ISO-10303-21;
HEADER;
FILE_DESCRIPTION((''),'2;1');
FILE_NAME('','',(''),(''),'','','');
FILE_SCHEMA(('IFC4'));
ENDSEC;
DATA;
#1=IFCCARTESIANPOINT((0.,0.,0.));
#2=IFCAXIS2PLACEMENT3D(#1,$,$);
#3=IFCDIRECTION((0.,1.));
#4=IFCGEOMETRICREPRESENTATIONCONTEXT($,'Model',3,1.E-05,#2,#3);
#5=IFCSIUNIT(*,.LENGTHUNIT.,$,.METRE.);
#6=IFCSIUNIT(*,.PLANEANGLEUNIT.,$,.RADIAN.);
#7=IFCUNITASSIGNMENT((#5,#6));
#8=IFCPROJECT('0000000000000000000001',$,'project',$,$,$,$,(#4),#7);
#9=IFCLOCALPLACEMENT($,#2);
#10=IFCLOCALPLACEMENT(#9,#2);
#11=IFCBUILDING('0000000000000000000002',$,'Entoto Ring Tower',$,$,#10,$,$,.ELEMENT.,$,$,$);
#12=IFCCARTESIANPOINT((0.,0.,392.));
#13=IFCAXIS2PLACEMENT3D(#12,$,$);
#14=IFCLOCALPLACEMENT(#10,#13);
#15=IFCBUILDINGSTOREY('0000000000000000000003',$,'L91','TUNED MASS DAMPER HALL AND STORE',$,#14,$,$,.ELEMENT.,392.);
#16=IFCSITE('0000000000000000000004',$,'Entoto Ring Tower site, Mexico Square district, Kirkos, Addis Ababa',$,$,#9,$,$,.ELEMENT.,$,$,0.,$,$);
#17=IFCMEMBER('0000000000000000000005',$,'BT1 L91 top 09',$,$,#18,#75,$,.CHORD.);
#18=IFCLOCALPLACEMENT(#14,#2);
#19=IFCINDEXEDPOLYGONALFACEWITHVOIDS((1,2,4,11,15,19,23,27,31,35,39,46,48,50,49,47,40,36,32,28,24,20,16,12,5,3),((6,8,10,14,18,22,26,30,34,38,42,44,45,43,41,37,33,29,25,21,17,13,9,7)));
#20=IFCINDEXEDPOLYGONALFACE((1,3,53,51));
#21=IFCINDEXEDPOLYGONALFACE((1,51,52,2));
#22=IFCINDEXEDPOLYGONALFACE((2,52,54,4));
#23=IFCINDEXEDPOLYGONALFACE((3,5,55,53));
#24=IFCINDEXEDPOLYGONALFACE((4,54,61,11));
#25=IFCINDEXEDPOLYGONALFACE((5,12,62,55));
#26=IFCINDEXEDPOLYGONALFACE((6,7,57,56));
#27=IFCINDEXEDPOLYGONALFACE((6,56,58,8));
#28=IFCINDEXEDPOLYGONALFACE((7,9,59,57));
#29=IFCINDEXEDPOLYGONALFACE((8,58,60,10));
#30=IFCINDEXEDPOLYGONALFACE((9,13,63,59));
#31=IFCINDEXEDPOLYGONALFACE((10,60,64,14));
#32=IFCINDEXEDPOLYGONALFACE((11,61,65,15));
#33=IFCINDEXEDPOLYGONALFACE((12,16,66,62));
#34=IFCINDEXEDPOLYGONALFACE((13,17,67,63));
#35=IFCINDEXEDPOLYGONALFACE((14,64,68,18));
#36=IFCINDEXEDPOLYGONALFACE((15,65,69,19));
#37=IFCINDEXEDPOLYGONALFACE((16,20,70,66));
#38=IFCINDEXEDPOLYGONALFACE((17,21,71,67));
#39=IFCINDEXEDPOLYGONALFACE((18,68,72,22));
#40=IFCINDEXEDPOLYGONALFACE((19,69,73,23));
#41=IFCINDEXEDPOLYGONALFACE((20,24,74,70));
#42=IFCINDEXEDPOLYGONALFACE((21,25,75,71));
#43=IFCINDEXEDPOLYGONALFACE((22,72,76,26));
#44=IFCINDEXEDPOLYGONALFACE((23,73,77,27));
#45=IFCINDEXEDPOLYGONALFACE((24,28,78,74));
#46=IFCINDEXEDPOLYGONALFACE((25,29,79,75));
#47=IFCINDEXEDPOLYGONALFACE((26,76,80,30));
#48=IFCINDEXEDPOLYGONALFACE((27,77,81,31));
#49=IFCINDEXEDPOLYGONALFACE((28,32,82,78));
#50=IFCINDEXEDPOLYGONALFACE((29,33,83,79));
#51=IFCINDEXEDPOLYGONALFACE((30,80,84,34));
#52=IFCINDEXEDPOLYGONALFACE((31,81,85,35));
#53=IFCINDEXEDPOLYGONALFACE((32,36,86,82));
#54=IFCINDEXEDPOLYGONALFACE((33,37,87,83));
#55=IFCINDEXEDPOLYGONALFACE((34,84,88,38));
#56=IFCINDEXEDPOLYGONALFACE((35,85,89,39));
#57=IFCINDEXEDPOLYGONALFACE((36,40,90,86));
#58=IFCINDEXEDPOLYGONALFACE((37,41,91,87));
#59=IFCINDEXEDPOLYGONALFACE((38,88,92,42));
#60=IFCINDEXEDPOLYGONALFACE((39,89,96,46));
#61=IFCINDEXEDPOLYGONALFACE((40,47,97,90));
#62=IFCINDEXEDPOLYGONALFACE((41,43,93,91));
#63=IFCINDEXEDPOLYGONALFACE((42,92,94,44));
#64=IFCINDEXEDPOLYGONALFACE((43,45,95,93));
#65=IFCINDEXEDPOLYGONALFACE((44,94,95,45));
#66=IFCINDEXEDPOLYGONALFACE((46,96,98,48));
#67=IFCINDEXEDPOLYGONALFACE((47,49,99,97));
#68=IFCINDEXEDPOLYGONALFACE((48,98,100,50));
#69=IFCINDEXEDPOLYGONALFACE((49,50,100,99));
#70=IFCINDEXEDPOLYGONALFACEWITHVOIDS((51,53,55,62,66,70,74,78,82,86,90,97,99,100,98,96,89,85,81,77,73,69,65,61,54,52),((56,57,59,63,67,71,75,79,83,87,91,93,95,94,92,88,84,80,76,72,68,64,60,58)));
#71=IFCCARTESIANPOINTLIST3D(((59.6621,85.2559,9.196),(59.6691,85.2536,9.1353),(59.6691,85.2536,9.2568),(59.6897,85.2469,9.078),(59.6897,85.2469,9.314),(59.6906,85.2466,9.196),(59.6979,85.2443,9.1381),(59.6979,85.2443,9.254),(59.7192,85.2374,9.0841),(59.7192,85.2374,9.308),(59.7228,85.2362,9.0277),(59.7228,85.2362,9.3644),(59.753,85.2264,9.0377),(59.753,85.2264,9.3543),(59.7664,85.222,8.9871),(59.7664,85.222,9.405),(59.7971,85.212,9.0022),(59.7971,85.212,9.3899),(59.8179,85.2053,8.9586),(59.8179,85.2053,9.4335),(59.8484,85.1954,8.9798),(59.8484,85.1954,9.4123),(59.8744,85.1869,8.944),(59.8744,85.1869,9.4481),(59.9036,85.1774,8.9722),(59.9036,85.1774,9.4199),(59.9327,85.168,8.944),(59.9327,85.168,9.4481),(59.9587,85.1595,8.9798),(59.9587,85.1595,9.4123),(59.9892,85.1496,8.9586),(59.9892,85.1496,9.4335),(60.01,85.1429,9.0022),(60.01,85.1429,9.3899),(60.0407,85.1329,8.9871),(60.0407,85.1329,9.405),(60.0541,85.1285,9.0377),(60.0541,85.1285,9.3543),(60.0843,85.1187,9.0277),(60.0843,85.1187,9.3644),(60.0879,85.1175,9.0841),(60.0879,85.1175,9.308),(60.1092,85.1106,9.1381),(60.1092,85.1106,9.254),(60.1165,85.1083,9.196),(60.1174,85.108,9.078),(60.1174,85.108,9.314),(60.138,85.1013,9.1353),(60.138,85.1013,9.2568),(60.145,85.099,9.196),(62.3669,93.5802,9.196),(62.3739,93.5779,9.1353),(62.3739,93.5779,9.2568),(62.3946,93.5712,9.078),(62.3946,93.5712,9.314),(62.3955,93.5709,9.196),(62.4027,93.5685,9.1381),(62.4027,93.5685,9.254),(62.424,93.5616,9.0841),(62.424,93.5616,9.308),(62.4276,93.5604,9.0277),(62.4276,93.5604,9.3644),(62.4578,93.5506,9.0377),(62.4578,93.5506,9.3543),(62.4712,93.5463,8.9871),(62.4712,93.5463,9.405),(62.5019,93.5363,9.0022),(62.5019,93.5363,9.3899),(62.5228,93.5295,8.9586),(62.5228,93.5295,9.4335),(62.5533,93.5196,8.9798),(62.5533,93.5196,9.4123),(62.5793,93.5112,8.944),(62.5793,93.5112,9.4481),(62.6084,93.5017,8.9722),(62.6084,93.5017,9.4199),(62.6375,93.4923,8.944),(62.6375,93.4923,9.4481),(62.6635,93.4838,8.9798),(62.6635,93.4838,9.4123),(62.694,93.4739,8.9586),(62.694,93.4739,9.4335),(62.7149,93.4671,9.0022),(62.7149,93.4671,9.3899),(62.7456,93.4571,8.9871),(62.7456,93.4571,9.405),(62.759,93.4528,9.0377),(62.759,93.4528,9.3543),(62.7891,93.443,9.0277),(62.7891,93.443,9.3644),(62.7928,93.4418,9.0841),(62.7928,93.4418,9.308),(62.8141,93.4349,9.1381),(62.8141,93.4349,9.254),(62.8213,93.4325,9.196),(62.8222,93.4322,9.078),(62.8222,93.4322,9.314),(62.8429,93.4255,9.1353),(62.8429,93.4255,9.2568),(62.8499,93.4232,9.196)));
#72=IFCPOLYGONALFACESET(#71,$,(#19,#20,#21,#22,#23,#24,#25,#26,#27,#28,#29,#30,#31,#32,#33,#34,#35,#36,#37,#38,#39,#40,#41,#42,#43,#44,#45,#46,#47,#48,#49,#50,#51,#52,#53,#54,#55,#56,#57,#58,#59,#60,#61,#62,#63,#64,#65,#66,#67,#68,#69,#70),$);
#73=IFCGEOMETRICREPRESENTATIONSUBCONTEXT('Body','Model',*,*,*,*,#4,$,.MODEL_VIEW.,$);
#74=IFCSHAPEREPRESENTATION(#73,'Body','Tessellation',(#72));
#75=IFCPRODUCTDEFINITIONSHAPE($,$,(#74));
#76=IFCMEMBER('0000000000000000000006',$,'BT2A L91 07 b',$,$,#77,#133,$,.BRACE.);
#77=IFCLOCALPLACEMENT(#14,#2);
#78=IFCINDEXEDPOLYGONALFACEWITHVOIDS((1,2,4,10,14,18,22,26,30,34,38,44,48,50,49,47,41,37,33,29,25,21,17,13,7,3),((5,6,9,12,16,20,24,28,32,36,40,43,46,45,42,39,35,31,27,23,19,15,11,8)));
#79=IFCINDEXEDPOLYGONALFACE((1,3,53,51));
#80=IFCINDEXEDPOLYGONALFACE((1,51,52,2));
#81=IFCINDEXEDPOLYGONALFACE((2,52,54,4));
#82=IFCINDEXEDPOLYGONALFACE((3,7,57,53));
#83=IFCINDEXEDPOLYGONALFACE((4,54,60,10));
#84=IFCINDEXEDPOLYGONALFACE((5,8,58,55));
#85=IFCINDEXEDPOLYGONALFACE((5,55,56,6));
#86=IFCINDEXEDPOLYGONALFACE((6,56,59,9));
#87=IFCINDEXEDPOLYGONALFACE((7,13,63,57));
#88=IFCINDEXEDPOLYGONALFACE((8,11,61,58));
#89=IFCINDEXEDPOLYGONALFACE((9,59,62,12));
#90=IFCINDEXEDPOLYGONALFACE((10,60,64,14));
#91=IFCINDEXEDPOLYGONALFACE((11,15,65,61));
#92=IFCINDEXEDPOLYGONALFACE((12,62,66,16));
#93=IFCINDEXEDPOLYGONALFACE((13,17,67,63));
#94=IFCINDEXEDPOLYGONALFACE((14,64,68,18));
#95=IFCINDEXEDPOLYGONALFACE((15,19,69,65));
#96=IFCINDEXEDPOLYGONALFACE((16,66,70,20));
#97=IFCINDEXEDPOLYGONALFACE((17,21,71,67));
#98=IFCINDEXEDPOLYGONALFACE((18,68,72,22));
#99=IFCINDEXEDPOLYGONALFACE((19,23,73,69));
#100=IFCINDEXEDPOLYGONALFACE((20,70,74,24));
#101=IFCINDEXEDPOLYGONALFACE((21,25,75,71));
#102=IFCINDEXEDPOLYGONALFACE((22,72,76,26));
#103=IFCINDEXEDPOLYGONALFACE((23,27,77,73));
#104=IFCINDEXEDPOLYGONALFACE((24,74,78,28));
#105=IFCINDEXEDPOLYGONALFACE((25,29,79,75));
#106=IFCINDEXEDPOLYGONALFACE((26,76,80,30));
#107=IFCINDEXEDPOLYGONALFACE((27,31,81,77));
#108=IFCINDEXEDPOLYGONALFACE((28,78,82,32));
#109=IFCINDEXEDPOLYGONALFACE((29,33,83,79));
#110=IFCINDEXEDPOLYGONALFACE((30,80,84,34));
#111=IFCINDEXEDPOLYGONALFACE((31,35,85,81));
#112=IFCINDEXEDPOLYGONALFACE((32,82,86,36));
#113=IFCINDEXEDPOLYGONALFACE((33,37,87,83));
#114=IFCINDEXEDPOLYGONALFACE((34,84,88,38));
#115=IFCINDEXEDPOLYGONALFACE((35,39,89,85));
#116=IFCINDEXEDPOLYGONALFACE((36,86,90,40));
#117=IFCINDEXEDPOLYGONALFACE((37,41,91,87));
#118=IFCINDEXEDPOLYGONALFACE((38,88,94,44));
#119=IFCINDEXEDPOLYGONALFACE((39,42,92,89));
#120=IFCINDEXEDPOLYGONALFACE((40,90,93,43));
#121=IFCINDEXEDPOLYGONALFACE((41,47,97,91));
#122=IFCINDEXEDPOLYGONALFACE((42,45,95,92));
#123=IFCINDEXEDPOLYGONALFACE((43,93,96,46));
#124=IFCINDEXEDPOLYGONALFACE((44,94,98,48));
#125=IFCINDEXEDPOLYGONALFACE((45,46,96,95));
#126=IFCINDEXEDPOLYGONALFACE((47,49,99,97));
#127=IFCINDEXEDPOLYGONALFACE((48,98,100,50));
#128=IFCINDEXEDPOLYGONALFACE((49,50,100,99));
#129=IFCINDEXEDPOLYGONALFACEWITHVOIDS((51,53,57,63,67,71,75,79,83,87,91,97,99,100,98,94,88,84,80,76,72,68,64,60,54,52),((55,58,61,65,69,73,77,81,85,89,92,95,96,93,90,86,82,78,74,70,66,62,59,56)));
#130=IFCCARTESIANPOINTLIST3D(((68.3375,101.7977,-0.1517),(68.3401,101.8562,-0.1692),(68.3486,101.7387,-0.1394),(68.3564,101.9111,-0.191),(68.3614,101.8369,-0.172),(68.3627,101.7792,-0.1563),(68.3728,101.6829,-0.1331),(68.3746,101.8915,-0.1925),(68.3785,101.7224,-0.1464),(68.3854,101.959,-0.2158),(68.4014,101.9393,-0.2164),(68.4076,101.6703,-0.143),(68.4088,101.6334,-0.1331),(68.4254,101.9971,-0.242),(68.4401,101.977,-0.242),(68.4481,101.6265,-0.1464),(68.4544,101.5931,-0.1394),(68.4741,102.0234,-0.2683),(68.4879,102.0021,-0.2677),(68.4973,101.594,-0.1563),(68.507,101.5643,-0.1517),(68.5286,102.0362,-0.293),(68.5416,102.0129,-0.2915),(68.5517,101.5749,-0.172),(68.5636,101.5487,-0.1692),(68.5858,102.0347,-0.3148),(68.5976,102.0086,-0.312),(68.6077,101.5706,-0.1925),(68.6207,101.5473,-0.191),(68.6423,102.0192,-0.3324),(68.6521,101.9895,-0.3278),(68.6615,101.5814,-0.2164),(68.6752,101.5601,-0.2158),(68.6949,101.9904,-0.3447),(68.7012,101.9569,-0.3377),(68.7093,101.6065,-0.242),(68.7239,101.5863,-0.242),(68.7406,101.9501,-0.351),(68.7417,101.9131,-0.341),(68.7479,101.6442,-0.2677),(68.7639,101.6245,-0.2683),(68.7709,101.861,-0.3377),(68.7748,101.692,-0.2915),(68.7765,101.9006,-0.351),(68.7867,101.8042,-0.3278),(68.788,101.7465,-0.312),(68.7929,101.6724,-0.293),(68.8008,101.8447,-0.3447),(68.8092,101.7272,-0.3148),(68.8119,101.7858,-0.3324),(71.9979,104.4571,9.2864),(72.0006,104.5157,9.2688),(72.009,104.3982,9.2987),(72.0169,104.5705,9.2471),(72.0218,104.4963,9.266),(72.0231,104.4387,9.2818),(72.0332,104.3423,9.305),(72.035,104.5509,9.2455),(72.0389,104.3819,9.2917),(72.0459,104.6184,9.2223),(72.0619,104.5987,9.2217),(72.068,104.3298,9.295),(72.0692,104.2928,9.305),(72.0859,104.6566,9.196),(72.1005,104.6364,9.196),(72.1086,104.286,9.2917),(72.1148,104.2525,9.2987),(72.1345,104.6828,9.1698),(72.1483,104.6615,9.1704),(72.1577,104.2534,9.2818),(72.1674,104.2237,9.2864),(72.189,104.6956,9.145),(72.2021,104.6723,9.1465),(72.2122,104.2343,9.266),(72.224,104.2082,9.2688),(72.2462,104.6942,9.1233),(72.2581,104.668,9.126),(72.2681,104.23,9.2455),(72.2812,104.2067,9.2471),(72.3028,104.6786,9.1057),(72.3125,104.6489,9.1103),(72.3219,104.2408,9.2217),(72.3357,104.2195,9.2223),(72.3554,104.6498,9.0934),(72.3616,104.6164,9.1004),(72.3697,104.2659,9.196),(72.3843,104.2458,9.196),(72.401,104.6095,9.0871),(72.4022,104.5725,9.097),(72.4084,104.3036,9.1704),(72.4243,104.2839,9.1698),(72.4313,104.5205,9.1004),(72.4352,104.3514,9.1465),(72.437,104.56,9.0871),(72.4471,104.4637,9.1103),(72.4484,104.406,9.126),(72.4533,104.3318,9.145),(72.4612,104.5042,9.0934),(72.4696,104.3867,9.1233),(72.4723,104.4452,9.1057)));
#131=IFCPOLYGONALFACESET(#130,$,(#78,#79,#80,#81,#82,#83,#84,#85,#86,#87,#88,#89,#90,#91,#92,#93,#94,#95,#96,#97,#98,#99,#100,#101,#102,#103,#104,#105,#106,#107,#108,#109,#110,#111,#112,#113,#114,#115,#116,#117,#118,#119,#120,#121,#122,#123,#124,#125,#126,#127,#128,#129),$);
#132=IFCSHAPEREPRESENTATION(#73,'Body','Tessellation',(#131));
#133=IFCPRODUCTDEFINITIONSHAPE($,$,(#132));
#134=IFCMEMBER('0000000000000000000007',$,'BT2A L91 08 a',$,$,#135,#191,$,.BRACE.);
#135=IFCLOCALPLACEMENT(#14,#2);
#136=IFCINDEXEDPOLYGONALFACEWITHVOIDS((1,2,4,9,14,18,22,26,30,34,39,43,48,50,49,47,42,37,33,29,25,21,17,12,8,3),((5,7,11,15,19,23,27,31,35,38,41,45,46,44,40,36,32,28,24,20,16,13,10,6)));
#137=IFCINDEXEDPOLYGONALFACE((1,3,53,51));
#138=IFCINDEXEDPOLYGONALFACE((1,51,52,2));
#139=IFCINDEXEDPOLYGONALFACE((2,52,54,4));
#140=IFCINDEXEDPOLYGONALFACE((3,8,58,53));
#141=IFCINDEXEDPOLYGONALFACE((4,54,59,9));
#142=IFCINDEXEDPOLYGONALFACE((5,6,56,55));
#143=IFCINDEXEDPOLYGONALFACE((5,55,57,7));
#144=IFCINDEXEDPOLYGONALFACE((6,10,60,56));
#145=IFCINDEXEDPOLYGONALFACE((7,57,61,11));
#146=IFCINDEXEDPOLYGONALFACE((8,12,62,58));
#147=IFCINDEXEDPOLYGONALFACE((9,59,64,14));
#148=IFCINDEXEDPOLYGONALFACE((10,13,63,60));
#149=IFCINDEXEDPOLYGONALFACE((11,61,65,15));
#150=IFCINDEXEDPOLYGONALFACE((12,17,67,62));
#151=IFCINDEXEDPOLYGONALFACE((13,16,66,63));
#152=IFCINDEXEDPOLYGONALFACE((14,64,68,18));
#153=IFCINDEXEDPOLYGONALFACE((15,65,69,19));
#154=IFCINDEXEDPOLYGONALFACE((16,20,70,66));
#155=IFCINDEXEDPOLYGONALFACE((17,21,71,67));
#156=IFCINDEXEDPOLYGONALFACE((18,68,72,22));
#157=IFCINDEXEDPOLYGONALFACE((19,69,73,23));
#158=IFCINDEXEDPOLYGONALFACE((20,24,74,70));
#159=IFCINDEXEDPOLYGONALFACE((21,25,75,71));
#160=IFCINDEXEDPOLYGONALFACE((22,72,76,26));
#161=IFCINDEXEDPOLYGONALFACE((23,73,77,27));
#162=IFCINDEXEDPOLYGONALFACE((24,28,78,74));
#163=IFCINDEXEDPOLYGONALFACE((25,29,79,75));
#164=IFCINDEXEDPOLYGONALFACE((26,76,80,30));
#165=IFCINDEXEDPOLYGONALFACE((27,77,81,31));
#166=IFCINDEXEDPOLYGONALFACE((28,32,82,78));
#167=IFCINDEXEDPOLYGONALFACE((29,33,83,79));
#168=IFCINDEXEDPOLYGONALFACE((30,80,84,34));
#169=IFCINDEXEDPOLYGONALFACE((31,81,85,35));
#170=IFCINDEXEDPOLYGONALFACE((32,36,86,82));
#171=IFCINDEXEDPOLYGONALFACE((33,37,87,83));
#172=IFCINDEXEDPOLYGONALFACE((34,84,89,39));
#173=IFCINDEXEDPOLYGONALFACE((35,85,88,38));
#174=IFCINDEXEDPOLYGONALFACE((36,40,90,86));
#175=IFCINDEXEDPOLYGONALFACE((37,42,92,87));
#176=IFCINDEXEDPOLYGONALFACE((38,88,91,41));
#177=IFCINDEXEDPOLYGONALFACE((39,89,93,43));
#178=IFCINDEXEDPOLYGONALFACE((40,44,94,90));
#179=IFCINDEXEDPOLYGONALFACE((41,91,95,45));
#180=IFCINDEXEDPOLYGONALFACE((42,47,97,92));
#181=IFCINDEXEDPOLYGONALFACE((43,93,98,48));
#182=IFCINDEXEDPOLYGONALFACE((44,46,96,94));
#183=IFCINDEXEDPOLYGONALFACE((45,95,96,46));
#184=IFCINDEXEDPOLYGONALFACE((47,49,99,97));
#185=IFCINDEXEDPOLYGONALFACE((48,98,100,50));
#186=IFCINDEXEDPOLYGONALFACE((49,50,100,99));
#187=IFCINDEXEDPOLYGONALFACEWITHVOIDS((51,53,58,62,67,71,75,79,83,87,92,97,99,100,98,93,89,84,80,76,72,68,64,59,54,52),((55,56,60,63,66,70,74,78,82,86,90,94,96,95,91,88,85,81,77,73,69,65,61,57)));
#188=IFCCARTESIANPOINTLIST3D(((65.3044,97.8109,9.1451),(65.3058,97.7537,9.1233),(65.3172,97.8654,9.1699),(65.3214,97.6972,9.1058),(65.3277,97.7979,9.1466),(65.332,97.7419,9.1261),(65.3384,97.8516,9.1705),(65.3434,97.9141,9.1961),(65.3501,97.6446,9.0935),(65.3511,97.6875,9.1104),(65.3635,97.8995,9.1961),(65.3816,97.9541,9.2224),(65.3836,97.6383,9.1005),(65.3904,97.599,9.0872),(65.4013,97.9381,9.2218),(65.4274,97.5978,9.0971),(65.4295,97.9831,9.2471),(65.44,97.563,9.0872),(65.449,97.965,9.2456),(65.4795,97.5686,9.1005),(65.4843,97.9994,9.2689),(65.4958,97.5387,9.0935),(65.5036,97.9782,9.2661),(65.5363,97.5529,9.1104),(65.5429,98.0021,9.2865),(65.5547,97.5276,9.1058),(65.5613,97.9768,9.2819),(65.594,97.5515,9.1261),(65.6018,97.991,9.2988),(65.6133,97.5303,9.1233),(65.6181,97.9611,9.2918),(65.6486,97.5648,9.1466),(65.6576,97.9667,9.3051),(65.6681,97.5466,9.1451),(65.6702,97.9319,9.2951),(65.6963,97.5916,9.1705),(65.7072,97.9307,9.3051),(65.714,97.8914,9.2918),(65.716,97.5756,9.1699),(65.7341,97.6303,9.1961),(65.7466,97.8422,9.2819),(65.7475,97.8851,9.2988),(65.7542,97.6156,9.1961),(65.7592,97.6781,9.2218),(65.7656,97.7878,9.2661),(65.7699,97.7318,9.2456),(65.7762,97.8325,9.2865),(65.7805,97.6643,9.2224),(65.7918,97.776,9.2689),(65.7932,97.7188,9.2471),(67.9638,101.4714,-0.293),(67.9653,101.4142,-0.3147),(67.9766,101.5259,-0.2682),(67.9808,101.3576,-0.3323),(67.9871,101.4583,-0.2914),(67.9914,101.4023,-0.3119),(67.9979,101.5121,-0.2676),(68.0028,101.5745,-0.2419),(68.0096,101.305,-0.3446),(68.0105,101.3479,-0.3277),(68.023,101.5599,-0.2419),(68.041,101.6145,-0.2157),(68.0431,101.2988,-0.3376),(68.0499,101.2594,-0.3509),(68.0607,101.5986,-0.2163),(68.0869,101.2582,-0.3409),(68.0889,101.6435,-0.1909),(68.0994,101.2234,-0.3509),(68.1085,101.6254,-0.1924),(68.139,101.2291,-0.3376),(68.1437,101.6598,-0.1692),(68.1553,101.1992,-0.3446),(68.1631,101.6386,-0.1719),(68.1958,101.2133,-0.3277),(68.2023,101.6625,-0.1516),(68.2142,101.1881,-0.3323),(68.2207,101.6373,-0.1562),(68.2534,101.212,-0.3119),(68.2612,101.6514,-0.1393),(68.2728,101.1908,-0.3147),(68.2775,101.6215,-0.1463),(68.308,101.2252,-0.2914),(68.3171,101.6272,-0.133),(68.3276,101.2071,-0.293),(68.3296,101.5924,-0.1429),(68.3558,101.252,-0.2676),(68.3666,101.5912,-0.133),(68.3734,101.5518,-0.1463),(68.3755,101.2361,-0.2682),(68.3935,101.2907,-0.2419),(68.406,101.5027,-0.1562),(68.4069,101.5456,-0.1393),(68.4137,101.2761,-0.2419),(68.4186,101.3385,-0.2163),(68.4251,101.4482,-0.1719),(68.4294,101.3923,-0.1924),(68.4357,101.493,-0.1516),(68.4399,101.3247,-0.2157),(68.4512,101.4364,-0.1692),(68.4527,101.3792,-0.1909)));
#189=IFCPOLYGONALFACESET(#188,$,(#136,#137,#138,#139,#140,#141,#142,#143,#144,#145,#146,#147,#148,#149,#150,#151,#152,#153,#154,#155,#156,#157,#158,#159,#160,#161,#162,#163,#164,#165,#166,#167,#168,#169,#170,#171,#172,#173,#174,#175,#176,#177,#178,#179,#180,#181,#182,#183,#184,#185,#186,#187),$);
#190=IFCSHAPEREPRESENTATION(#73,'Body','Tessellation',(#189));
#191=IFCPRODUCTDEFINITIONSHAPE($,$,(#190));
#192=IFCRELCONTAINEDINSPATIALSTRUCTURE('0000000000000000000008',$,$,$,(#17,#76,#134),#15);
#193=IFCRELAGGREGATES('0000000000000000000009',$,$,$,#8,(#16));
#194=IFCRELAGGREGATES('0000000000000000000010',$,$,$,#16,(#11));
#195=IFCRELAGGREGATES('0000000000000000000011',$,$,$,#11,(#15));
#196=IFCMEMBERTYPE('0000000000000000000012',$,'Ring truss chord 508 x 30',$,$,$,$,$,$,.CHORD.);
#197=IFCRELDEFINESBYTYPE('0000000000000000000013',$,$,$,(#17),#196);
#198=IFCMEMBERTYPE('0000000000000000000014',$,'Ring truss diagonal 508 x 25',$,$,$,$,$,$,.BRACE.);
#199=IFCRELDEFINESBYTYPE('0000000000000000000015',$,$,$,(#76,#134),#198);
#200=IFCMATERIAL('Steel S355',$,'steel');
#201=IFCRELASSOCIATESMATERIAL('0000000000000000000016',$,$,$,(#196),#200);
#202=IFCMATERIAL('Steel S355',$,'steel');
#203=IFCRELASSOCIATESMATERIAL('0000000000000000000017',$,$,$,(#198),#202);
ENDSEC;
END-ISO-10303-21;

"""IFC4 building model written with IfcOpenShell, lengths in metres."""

from ifc_helpers import new_model, si_unit, direction, frame, origin, origin_2d, place, context, subcontext, project, spatial, circle, hollow_circle, extrude, material, material_profile, profile_set, type_object, element, save


model = new_model("IFC4")

# Units and contexts
model_context = context("Model", 3, precision=1e-05, world=origin(), true_north=direction((0.0, 1.0)))
body_context = subcontext(model_context, "Body", "Model", "MODEL_VIEW")
ifc_project = project(units=[si_unit("LENGTHUNIT", "METRE"), si_unit("PLANEANGLEUNIT", "RADIAN")], contexts=[model_context])

# Site, building, storey
site_placement = place(None, origin())
site = spatial("IfcSite", under=ifc_project, at=site_placement, Name="Entoto Ring Tower site, Mexico Square district, Kirkos, Addis Ababa", CompositionType="ELEMENT", RefElevation=0.0)
building_placement = place(site_placement, origin())
building = spatial("IfcBuilding", under=site, at=building_placement, Name="Entoto Ring Tower", CompositionType="ELEMENT")
storey_placement = place(building_placement, frame((0.0, 0.0, 392.0)))
storey = spatial("IfcBuildingStorey", under=building, at=storey_placement, Name="L91", Description="TUNED MASS DAMPER HALL AND STORE", CompositionType="ELEMENT", Elevation=392.0)

# Members
ifc_material_1 = material(Name="Steel S355", Category="steel")
ifc_material_profile_1 = material_profile(ifc_material_1, hollow_circle(Radius=0.2539, WallThickness=0.03, at=origin_2d()), Name="CHS 508 x 30")
ifc_material_2 = material(Name="Concrete C60/75", Category="concrete")
ifc_material_profile_2 = material_profile(ifc_material_2, circle(Radius=0.2241, at=origin_2d()), Name="Concrete C60/75 infill")
ifc_profile_set_1 = profile_set([ifc_material_profile_1, ifc_material_profile_2], Name="Steel S355")
member_type_1 = type_object("IfcMemberType", Name="Ring truss chord 508 x 30", PredefinedType="CHORD", material=ifc_profile_set_1)
for number, where, z_axis, x_axis, name in (
    (1, (62.6084, 93.5017, 9.196), (-0.309031, -0.951052, 0.0), (0.951052, -0.309031, 0.0), "BT1 L91 top 09"),
):
    element("IfcMember", number, at=place(storey_placement, frame(where, z_axis=z_axis, x_axis=x_axis)), inside=storey, type_object=member_type_1, Name=name, PredefinedType="CHORD", context=body_context, shape_type="SweptSolid", body=[
        extrude(hollow_circle(Radius=0.2539, WallThickness=0.03, at=origin_2d()), origin(), (0.0, 0.0, 1.0), 8.7527),
    ])
ifc_material_3 = material(Name="Steel S355", Category="steel")
ifc_material_profile_3 = material_profile(ifc_material_3, hollow_circle(Radius=0.2539, WallThickness=0.0249, at=origin_2d()), Name="CHS 508 x 25")
ifc_material_4 = material(Name="Concrete C60/75", Category="concrete")
ifc_material_profile_4 = material_profile(ifc_material_4, circle(Radius=0.229, at=origin_2d()), Name="Concrete C60/75 infill")
ifc_profile_set_2 = profile_set([ifc_material_profile_3, ifc_material_profile_4], Name="Steel S355")
member_type_2 = type_object("IfcMemberType", Name="Ring truss diagonal 508 x 25", PredefinedType="BRACE", material=ifc_profile_set_2)
for number, where, z_axis, x_axis, name in (
    (2, (72.2351, 104.4512, 9.196), (-0.349727, -0.25409, -0.901737), (0.587783, -0.809018, 0.0), "BT2A L91 07 b"),
    (3, (68.2083, 101.4253, -0.2419), (-0.25409, -0.349727, 0.901737), (0.809018, -0.587783, 0.0), "BT2A L91 08 a"),
):
    element("IfcMember", number, at=place(storey_placement, frame(where, z_axis=z_axis, x_axis=x_axis)), inside=storey, type_object=member_type_2, Name=name, PredefinedType="BRACE", context=body_context, shape_type="SweptSolid", body=[
        extrude(hollow_circle(Radius=0.2539, WallThickness=0.0249, at=origin_2d()), origin(), (0.0, 0.0, 1.0), 10.4666),
    ])

save(model, "model.ifc")
